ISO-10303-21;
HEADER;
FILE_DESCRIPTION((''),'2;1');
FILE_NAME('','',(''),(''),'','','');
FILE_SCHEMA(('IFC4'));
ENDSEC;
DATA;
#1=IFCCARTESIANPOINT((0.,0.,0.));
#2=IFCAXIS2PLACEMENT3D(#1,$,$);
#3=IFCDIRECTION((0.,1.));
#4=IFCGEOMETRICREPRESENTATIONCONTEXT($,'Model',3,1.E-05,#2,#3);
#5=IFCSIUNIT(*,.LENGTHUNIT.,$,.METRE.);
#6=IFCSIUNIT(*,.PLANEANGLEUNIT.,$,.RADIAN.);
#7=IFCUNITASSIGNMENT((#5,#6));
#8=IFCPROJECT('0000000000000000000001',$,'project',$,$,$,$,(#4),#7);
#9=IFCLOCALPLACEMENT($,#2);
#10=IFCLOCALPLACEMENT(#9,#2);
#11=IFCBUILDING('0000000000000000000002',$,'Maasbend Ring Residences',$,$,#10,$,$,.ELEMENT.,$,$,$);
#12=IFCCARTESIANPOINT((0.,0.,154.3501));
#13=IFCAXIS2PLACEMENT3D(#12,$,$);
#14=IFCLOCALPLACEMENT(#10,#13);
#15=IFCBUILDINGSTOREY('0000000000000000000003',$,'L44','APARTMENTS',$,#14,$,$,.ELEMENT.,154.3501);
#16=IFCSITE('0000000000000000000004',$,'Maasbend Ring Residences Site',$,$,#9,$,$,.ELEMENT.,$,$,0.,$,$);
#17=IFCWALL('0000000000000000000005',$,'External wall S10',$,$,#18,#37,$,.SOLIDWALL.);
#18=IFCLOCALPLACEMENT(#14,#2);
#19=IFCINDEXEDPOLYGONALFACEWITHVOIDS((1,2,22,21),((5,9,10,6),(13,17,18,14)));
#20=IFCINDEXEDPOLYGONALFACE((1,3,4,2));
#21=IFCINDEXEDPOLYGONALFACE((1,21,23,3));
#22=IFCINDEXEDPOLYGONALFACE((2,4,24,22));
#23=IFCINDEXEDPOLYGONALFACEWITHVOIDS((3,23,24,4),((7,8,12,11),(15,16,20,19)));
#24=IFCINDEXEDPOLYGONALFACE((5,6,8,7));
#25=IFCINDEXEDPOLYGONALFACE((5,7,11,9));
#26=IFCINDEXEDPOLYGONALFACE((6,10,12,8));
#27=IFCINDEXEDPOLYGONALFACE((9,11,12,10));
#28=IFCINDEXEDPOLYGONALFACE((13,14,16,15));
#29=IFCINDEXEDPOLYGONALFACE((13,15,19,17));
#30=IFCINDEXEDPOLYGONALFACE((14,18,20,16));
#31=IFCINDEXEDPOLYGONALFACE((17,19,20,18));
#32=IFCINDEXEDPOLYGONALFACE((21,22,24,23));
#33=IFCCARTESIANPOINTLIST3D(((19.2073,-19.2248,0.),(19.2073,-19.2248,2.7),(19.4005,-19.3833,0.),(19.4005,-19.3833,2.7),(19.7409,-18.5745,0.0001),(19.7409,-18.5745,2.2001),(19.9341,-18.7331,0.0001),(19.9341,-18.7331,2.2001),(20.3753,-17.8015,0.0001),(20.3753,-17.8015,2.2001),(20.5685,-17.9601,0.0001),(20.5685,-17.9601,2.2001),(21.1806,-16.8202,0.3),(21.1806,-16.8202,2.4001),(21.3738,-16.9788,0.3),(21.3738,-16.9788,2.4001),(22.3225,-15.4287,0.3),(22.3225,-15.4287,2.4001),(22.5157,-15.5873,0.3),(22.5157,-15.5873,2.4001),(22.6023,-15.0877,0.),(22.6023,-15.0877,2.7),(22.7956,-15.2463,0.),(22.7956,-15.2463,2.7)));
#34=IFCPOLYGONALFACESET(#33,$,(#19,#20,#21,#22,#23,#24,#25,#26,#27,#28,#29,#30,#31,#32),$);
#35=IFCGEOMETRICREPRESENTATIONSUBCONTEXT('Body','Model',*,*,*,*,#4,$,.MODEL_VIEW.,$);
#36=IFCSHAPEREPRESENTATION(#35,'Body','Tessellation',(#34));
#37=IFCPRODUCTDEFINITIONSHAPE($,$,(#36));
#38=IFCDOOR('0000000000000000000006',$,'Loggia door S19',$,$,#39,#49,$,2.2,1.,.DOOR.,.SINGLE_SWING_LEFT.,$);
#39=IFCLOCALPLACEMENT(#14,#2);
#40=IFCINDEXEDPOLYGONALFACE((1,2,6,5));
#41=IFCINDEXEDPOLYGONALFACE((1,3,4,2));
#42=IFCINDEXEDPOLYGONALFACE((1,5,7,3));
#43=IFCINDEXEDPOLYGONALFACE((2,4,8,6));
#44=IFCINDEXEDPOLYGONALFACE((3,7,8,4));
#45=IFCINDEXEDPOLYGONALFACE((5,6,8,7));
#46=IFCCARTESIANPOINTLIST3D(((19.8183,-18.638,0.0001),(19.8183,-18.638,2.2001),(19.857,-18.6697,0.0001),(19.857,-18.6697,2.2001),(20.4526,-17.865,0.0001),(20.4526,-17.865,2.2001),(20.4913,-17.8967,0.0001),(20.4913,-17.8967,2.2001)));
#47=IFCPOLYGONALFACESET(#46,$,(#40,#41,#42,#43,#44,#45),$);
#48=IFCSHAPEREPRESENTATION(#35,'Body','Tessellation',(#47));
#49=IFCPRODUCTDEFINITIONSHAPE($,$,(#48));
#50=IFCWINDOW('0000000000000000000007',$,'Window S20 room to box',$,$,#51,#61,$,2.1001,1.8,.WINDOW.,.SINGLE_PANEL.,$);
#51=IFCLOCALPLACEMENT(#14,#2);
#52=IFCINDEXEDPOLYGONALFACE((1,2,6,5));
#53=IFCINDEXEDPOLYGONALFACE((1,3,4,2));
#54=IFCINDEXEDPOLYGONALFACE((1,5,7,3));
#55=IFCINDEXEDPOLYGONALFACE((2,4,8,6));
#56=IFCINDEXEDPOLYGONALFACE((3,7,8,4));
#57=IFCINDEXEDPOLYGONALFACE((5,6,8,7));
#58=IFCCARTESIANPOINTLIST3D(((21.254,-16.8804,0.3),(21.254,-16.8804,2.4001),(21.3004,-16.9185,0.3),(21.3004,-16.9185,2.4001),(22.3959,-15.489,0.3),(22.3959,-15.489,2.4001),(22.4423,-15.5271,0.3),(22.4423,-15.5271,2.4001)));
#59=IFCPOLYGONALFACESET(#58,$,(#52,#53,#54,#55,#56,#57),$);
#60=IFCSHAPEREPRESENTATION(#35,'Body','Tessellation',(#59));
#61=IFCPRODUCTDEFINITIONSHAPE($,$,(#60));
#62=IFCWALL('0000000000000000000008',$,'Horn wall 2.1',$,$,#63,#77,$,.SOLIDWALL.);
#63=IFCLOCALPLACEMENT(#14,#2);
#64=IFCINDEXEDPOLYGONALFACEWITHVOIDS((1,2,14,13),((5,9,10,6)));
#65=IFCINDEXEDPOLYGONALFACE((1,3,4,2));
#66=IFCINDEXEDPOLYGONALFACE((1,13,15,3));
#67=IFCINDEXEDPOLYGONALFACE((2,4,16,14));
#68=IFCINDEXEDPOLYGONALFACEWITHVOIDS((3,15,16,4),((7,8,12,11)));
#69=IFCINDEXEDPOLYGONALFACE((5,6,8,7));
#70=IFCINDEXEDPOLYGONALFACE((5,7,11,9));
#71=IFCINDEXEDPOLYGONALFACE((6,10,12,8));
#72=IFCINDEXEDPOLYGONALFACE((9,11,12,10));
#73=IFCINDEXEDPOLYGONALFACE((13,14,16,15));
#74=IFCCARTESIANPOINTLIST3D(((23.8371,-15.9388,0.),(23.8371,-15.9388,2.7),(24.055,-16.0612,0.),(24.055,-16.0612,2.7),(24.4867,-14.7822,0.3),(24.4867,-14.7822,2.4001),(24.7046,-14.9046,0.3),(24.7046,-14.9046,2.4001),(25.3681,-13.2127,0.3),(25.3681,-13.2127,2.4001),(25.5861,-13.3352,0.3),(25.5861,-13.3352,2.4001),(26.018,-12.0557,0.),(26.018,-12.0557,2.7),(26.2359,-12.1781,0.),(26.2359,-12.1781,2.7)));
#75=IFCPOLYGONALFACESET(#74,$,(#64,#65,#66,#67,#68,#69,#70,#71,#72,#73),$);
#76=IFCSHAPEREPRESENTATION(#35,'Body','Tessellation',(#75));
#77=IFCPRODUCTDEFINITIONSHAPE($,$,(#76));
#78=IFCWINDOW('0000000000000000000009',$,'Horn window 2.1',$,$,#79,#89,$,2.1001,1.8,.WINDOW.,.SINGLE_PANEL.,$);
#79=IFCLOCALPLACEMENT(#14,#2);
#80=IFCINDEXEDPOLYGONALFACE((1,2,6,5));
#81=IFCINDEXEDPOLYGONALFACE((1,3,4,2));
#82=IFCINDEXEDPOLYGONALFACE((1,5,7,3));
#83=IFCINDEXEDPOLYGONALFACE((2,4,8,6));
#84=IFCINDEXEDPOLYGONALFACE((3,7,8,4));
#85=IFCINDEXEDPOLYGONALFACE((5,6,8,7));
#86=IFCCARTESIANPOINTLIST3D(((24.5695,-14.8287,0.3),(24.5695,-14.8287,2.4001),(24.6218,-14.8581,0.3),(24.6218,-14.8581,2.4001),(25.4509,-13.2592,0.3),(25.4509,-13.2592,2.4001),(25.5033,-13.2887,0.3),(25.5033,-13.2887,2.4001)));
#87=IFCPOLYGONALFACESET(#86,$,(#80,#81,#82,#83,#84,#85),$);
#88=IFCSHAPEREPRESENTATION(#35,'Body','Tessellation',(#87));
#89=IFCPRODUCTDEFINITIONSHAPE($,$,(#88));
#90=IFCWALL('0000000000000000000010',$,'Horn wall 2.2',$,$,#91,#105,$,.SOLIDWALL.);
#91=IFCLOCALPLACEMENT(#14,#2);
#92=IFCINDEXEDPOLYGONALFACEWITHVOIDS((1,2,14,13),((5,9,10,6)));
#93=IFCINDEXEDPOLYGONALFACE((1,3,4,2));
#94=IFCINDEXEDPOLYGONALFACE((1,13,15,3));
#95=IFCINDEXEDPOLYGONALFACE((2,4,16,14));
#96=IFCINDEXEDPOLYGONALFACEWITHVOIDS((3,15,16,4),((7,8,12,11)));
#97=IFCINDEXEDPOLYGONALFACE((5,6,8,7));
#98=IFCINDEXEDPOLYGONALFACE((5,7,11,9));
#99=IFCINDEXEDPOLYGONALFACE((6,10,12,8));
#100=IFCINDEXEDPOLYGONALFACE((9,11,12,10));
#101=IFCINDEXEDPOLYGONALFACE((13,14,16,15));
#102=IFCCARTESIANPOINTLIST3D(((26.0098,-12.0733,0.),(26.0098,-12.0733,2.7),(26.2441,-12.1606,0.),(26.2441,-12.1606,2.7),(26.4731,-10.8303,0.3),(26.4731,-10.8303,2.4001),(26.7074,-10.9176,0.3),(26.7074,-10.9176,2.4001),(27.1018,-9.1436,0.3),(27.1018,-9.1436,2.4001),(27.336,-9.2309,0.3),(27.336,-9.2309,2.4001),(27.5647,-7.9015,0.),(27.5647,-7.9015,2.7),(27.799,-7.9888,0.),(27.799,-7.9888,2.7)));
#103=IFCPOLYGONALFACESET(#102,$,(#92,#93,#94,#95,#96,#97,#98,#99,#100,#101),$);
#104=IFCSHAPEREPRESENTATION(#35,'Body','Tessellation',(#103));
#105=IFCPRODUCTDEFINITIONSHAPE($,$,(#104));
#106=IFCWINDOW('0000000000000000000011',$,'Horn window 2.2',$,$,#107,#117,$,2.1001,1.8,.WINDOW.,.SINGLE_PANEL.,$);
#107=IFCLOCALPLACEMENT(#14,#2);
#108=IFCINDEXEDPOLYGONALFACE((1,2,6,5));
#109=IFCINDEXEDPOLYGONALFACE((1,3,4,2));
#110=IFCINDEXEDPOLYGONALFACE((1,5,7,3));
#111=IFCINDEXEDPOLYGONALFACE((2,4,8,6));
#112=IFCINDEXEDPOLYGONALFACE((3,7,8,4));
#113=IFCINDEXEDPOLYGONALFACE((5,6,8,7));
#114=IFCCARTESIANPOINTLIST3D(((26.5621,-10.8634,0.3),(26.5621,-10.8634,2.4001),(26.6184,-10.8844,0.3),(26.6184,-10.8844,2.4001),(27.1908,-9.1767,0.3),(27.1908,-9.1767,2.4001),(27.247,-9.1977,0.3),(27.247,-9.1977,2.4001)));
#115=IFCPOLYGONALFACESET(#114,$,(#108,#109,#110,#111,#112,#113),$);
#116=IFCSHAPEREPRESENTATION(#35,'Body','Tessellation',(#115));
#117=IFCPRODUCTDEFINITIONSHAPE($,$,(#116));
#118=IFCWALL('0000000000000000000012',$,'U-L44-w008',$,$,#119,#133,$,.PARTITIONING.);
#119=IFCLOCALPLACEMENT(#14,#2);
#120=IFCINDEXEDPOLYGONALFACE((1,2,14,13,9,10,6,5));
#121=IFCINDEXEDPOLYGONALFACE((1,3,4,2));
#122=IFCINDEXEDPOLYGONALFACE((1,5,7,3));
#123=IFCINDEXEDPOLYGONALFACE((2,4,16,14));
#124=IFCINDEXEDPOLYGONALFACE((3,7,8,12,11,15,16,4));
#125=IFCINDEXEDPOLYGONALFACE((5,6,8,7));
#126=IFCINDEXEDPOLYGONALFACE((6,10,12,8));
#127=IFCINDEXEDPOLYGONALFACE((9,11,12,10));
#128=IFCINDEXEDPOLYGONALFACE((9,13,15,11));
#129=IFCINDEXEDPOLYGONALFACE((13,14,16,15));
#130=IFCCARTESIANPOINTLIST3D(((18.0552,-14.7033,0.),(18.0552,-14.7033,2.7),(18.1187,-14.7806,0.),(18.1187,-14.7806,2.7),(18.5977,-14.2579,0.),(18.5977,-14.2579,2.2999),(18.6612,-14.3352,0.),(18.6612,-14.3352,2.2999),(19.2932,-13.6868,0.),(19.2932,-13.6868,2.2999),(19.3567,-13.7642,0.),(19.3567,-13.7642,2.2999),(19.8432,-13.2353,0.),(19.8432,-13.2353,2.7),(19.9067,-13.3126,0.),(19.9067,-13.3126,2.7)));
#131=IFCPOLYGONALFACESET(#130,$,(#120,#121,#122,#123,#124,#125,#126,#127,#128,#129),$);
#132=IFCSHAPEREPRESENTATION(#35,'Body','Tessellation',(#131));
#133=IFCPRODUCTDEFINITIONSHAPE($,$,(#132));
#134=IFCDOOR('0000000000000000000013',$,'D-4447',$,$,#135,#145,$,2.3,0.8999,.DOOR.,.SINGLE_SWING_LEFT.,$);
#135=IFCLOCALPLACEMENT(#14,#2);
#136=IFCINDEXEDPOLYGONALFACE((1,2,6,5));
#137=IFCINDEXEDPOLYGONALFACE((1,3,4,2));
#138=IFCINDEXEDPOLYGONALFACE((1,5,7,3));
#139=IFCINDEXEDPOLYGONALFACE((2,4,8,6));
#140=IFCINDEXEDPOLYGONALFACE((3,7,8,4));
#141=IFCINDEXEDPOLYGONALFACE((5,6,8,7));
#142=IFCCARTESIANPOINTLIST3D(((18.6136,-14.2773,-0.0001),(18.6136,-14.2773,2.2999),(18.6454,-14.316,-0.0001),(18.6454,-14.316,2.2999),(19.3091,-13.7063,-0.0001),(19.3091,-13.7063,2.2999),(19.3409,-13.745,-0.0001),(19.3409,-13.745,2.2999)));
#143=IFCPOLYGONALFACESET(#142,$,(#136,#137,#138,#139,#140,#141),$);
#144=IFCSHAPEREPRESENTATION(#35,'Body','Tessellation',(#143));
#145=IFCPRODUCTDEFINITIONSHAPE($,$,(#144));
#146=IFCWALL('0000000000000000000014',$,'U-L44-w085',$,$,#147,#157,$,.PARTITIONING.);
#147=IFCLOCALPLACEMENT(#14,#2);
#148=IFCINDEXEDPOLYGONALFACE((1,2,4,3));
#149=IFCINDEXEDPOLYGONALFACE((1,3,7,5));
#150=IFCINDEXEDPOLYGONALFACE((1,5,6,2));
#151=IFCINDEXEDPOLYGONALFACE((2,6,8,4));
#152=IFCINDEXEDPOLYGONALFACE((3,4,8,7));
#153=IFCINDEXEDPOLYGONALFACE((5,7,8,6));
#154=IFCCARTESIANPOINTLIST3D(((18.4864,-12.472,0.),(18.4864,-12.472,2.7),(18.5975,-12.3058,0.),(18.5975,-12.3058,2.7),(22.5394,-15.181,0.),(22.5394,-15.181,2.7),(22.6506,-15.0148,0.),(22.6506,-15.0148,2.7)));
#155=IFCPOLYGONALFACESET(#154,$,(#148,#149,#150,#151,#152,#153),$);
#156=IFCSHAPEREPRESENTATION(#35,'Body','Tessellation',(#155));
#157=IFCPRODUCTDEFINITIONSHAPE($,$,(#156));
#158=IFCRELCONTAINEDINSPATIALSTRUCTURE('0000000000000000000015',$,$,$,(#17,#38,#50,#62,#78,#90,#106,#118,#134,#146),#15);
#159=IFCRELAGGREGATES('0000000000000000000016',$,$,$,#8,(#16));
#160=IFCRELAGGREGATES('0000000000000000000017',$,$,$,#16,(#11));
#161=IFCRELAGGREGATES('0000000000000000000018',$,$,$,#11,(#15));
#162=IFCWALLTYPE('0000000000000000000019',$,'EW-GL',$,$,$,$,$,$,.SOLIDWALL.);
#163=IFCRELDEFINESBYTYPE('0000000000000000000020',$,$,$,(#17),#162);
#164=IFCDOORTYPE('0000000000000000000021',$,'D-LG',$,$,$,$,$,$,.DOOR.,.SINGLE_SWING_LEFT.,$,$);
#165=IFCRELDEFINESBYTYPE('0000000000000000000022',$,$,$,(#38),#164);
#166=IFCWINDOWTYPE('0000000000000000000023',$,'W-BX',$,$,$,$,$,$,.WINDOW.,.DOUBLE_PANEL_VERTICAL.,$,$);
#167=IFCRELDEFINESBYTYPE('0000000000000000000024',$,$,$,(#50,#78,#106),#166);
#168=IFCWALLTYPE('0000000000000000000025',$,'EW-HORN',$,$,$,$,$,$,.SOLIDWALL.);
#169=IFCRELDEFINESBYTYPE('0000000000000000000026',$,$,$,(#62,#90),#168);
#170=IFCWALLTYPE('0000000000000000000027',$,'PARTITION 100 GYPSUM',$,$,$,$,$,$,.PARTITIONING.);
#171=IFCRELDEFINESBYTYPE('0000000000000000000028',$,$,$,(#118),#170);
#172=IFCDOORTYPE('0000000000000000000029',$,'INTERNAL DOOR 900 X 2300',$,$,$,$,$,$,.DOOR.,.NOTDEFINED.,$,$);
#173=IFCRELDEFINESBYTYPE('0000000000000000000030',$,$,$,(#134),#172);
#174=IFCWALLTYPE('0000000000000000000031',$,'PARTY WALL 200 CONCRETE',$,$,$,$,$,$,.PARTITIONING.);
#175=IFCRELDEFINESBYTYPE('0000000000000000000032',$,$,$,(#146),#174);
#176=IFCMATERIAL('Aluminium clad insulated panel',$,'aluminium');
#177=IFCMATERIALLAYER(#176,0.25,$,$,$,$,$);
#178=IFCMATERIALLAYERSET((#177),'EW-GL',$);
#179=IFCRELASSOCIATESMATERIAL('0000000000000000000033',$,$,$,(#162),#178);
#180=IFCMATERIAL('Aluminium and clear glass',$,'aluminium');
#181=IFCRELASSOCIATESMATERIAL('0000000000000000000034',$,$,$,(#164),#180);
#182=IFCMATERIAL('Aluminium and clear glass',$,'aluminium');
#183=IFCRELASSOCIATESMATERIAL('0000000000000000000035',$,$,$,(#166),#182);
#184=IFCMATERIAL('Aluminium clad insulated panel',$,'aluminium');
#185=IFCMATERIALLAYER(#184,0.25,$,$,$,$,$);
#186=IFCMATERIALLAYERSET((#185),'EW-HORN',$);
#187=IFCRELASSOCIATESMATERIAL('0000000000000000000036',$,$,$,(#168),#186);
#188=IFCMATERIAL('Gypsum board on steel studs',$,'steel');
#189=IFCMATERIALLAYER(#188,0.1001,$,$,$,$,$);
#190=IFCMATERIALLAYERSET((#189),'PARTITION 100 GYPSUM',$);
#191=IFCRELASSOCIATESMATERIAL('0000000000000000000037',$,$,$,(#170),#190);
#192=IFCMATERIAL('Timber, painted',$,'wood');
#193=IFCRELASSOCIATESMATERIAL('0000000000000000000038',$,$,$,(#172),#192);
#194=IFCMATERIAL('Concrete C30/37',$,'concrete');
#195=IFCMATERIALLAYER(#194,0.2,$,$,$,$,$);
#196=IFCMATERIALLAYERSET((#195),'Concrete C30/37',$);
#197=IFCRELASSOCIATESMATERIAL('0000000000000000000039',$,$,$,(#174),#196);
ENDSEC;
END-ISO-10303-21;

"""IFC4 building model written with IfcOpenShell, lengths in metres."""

from ifc_helpers import new_model, si_unit, direction, frame, frame_2d, origin, place, context, subcontext, project, spatial, rectangle, extrude, material, layer, layer_set, type_object, element, fill, save


model = new_model("IFC4")

# Units and contexts
model_context = context("Model", 3, precision=1e-05, world=origin(), true_north=direction((0.0, 1.0)))
body_context = subcontext(model_context, "Body", "Model", "MODEL_VIEW")
ifc_project = project(units=[si_unit("LENGTHUNIT", "METRE"), si_unit("PLANEANGLEUNIT", "RADIAN")], contexts=[model_context])

# Site, building, storey
site_placement = place(None, origin())
site = spatial("IfcSite", under=ifc_project, at=site_placement, Name="Maasbend Ring Residences Site", CompositionType="ELEMENT", RefElevation=0.0)
building_placement = place(site_placement, origin())
building = spatial("IfcBuilding", under=site, at=building_placement, Name="Maasbend Ring Residences", CompositionType="ELEMENT")
storey_placement = place(building_placement, frame((0.0, 0.0, 154.3501)))
storey = spatial("IfcBuildingStorey", under=building, at=storey_placement, Name="L44", Description="APARTMENTS", CompositionType="ELEMENT", Elevation=154.3501)

# Wall, openings, door, window
ifc_material_1 = material(Name="Aluminium clad insulated panel", Category="aluminium")
ifc_layer_1 = layer(ifc_material_1, 0.25)
ifc_layer_set_1 = layer_set([ifc_layer_1], Name="EW-GL")
wall_type_1 = type_object("IfcWallType", Name="EW-GL", PredefinedType="SOLIDWALL", material=ifc_layer_set_1)
wall_1_placement = place(storey_placement, frame((19.304, -19.304, 0.0), z_axis=(0.0, 0.0, 1.0), x_axis=(0.634382, 0.773019, 0.0)))
wall_1 = element("IfcWall", 1, at=wall_1_placement, inside=storey, type_object=wall_type_1, Name="External wall S10", PredefinedType="SOLIDWALL", context=body_context, shape_type="SweptSolid", body=[
    extrude(rectangle(XDim=5.3518, YDim=0.25, at=frame_2d((2.6758, 0.0))), origin(), (0.0, 0.0, 1.0), 2.7),
])
opening_1_placement = place(wall_1_placement, frame((0.8411, 0.0, 0.0)))
opening_1 = element("IfcOpeningElement", 2, at=opening_1_placement, cuts=wall_1, PredefinedType="OPENING", context=body_context, shape_type="SweptSolid", body=[
    extrude(rectangle(XDim=1.0, YDim=2.2, at=frame_2d((0.5, 1.1001))), frame((0.0, 0.135, 0.0), z_axis=(0.0, -1.0, 0.0), x_axis=(1.0, 0.0, 0.0)), (0.0, 0.0, 1.0), 0.27),
])
opening_2_placement = place(wall_1_placement, frame((3.1106, 0.0, 0.3)))
opening_2 = element("IfcOpeningElement", 3, at=opening_2_placement, cuts=wall_1, PredefinedType="OPENING", context=body_context, shape_type="SweptSolid", body=[
    extrude(rectangle(XDim=1.8, YDim=2.1001, at=frame_2d((0.8999, 1.05))), frame((0.0, 0.135, 0.0), z_axis=(0.0, -1.0, 0.0), x_axis=(1.0, 0.0, 0.0)), (0.0, 0.0, 1.0), 0.27),
])
ifc_material_2 = material(Name="Aluminium and clear glass", Category="aluminium")
door_type_1 = type_object("IfcDoorType", Name="D-LG", OperationType="SINGLE_SWING_LEFT", PredefinedType="DOOR", material=ifc_material_2)
door_1_placement = place(opening_1_placement, origin())
door_1 = element("IfcDoor", 4, at=door_1_placement, inside=storey, type_object=door_type_1, Name="Loggia door S19", OperationType="SINGLE_SWING_LEFT", OverallHeight=2.2, OverallWidth=1.0, PredefinedType="DOOR", context=body_context, shape_type="SweptSolid", body=[
    extrude(rectangle(XDim=1.0, YDim=2.2, at=frame_2d((0.5, 1.1001))), frame((0.0, 0.0249, 0.0), z_axis=(0.0, -1.0, 0.0), x_axis=(1.0, 0.0, 0.0)), (0.0, 0.0, 1.0), 0.05),
])
fill(opening_1, door_1)
ifc_material_3 = material(Name="Aluminium and clear glass", Category="aluminium")
window_type_1 = type_object("IfcWindowType", Name="W-BX", PartitioningType="DOUBLE_PANEL_VERTICAL", PredefinedType="WINDOW", material=ifc_material_3)
window_1_placement = place(opening_2_placement, origin())
window_1 = element("IfcWindow", 5, at=window_1_placement, inside=storey, type_object=window_type_1, Name="Window S20 room to box", OverallHeight=2.1001, OverallWidth=1.8, PartitioningType="SINGLE_PANEL", PredefinedType="WINDOW", context=body_context, shape_type="SweptSolid", body=[
    extrude(rectangle(XDim=1.8, YDim=2.1001, at=frame_2d((0.8999, 1.05))), frame((0.0, 0.03, 0.0), z_axis=(0.0, -1.0, 0.0), x_axis=(1.0, 0.0, 0.0)), (0.0, 0.0, 1.0), 0.0601),
])
fill(opening_2, window_1)

# Walls, openings, windows
ifc_material_4 = material(Name="Aluminium clad insulated panel", Category="aluminium")
ifc_layer_2 = layer(ifc_material_4, 0.25)
ifc_layer_set_2 = layer_set([ifc_layer_2], Name="EW-HORN")
wall_type_2 = type_object("IfcWallType", Name="EW-HORN", PredefinedType="SOLIDWALL", material=ifc_layer_set_2)
wall_2_placement = place(storey_placement, frame((23.946, -16.0, 0.0), z_axis=(0.0, 0.0, 1.0), x_axis=(0.489696, 0.871893, 0.0)))
wall_2 = element("IfcWall", 6, at=wall_2_placement, inside=storey, type_object=wall_type_2, Name="Horn wall 2.1", PredefinedType="SOLIDWALL", context=body_context, shape_type="SweptSolid", body=[
    extrude(rectangle(XDim=4.4536, YDim=0.25, at=frame_2d((2.2268, 0.0))), origin(), (0.0, 0.0, 1.0), 2.7),
])
opening_3_placement = place(wall_2_placement, frame((1.3267, 0.0, 0.3)))
opening_3 = element("IfcOpeningElement", 7, at=opening_3_placement, cuts=wall_2, PredefinedType="OPENING", context=body_context, shape_type="SweptSolid", body=[
    extrude(rectangle(XDim=1.8, YDim=2.1001, at=frame_2d((0.8999, 1.05))), frame((0.0, 0.135, 0.0), z_axis=(0.0, -1.0, 0.0), x_axis=(1.0, 0.0, 0.0)), (0.0, 0.0, 1.0), 0.27),
])
window_2_placement = place(opening_3_placement, origin())
window_2 = element("IfcWindow", 8, at=window_2_placement, inside=storey, type_object=window_type_1, Name="Horn window 2.1", OverallHeight=2.1001, OverallWidth=1.8, PartitioningType="SINGLE_PANEL", PredefinedType="WINDOW", context=body_context, shape_type="SweptSolid", body=[
    extrude(rectangle(XDim=1.8, YDim=2.1001, at=frame_2d((0.8999, 1.05))), frame((0.0, 0.03, 0.0), z_axis=(0.0, -1.0, 0.0), x_axis=(1.0, 0.0, 0.0)), (0.0, 0.0, 1.0), 0.0601),
])
fill(opening_3, window_2)
wall_3_placement = place(storey_placement, frame((26.127, -12.1169, 0.0), z_axis=(0.0, 0.0, 1.0), x_axis=(0.349248, 0.93703, 0.0)))
wall_3 = element("IfcWall", 9, at=wall_3_placement, inside=storey, type_object=wall_type_2, Name="Horn wall 2.2", PredefinedType="SOLIDWALL", context=body_context, shape_type="SweptSolid", body=[
    extrude(rectangle(XDim=4.4521, YDim=0.25, at=frame_2d((2.2261, 0.0))), origin(), (0.0, 0.0, 1.0), 2.7),
])
opening_4_placement = place(wall_3_placement, frame((1.3267, 0.0, 0.3)))
opening_4 = element("IfcOpeningElement", 10, at=opening_4_placement, cuts=wall_3, PredefinedType="OPENING", context=body_context, shape_type="SweptSolid", body=[
    extrude(rectangle(XDim=1.8, YDim=2.1001, at=frame_2d((0.8999, 1.05))), frame((0.0, 0.135, 0.0), z_axis=(0.0, -1.0, 0.0), x_axis=(1.0, 0.0, 0.0)), (0.0, 0.0, 1.0), 0.27),
])
window_3_placement = place(opening_4_placement, origin())
window_3 = element("IfcWindow", 11, at=window_3_placement, inside=storey, type_object=window_type_1, Name="Horn window 2.2", OverallHeight=2.1001, OverallWidth=1.8, PartitioningType="SINGLE_PANEL", PredefinedType="WINDOW", context=body_context, shape_type="SweptSolid", body=[
    extrude(rectangle(XDim=1.8, YDim=2.1001, at=frame_2d((0.8999, 1.05))), frame((0.0, 0.03, 0.0), z_axis=(0.0, -1.0, 0.0), x_axis=(1.0, 0.0, 0.0)), (0.0, 0.0, 1.0), 0.0601),
])
fill(opening_4, window_3)

# Wall, opening, door
ifc_material_5 = material(Name="Gypsum board on steel studs", Category="steel")
ifc_layer_3 = layer(ifc_material_5, 0.1001)
ifc_layer_set_3 = layer_set([ifc_layer_3], Name="PARTITION 100 GYPSUM")
wall_type_3 = type_object("IfcWallType", Name="PARTITION 100 GYPSUM", PredefinedType="PARTITIONING", material=ifc_layer_set_3)
wall_4_placement = place(storey_placement, frame((18.0869, -14.7419, 0.0), z_axis=(0.0, 0.0, 1.0), x_axis=(0.772889, 0.634541, 0.0)))
wall_4 = element("IfcWall", 12, at=wall_4_placement, inside=storey, type_object=wall_type_3, Name="U-L44-w008", PredefinedType="PARTITIONING", context=body_context, shape_type="SweptSolid", body=[
    extrude(rectangle(XDim=2.3135, YDim=0.1001, at=frame_2d((1.1567, 0.0))), origin(), (0.0, 0.0, 1.0), 2.7),
])
opening_5_placement = place(wall_4_placement, frame((0.7019, 0.0, 0.0)))
opening_5 = element("IfcOpeningElement", 13, at=opening_5_placement, cuts=wall_4, PredefinedType="OPENING", context=body_context, shape_type="SweptSolid", body=[
    extrude(rectangle(XDim=0.8999, YDim=2.3, at=frame_2d((0.45, 1.1499))), frame((0.0, 0.0601, 0.0), z_axis=(0.0, -1.0, 0.0), x_axis=(1.0, 0.0, 0.0)), (0.0, 0.0, 1.0), 0.1201),
])
ifc_material_6 = material(Name="Timber, painted", Category="wood")
door_type_2 = type_object("IfcDoorType", Name="INTERNAL DOOR 900 X 2300", OperationType="NOTDEFINED", PredefinedType="DOOR", material=ifc_material_6)
door_2_placement = place(opening_5_placement, origin())
door_2 = element("IfcDoor", 14, at=door_2_placement, inside=storey, type_object=door_type_2, Name="D-4447", OperationType="SINGLE_SWING_LEFT", OverallHeight=2.3, OverallWidth=0.8999, PredefinedType="DOOR", context=body_context, shape_type="SweptSolid", body=[
    extrude(rectangle(XDim=0.8999, YDim=2.3, at=frame_2d((0.45, 1.1499))), frame((0.0, 0.0249, 0.0), z_axis=(0.0, -1.0, 0.0), x_axis=(1.0, 0.0, 0.0)), (0.0, 0.0, 1.0), 0.05),
])
fill(opening_5, door_2)

# Wall
ifc_material_7 = material(Name="Concrete C30/37", Category="concrete")
ifc_layer_4 = layer(ifc_material_7, 0.2)
ifc_layer_set_4 = layer_set([ifc_layer_4], Name="Concrete C30/37")
wall_type_4 = type_object("IfcWallType", Name="PARTY WALL 200 CONCRETE", PredefinedType="PARTITIONING", material=ifc_layer_set_4)
wall_5_placement = place(storey_placement, frame((18.542, -12.3889, 0.0), z_axis=(0.0, 0.0, 1.0), x_axis=(0.831387, -0.555694, 0.0)))
element("IfcWall", 15, at=wall_5_placement, inside=storey, type_object=wall_type_4, Name="U-L44-w085", PredefinedType="PARTITIONING", context=body_context, shape_type="SweptSolid", body=[
    extrude(rectangle(XDim=4.875, YDim=0.2, at=frame_2d((2.4375, 0.0))), origin(), (0.0, 0.0, 1.0), 2.7),
])

save(model, "model.ifc")
